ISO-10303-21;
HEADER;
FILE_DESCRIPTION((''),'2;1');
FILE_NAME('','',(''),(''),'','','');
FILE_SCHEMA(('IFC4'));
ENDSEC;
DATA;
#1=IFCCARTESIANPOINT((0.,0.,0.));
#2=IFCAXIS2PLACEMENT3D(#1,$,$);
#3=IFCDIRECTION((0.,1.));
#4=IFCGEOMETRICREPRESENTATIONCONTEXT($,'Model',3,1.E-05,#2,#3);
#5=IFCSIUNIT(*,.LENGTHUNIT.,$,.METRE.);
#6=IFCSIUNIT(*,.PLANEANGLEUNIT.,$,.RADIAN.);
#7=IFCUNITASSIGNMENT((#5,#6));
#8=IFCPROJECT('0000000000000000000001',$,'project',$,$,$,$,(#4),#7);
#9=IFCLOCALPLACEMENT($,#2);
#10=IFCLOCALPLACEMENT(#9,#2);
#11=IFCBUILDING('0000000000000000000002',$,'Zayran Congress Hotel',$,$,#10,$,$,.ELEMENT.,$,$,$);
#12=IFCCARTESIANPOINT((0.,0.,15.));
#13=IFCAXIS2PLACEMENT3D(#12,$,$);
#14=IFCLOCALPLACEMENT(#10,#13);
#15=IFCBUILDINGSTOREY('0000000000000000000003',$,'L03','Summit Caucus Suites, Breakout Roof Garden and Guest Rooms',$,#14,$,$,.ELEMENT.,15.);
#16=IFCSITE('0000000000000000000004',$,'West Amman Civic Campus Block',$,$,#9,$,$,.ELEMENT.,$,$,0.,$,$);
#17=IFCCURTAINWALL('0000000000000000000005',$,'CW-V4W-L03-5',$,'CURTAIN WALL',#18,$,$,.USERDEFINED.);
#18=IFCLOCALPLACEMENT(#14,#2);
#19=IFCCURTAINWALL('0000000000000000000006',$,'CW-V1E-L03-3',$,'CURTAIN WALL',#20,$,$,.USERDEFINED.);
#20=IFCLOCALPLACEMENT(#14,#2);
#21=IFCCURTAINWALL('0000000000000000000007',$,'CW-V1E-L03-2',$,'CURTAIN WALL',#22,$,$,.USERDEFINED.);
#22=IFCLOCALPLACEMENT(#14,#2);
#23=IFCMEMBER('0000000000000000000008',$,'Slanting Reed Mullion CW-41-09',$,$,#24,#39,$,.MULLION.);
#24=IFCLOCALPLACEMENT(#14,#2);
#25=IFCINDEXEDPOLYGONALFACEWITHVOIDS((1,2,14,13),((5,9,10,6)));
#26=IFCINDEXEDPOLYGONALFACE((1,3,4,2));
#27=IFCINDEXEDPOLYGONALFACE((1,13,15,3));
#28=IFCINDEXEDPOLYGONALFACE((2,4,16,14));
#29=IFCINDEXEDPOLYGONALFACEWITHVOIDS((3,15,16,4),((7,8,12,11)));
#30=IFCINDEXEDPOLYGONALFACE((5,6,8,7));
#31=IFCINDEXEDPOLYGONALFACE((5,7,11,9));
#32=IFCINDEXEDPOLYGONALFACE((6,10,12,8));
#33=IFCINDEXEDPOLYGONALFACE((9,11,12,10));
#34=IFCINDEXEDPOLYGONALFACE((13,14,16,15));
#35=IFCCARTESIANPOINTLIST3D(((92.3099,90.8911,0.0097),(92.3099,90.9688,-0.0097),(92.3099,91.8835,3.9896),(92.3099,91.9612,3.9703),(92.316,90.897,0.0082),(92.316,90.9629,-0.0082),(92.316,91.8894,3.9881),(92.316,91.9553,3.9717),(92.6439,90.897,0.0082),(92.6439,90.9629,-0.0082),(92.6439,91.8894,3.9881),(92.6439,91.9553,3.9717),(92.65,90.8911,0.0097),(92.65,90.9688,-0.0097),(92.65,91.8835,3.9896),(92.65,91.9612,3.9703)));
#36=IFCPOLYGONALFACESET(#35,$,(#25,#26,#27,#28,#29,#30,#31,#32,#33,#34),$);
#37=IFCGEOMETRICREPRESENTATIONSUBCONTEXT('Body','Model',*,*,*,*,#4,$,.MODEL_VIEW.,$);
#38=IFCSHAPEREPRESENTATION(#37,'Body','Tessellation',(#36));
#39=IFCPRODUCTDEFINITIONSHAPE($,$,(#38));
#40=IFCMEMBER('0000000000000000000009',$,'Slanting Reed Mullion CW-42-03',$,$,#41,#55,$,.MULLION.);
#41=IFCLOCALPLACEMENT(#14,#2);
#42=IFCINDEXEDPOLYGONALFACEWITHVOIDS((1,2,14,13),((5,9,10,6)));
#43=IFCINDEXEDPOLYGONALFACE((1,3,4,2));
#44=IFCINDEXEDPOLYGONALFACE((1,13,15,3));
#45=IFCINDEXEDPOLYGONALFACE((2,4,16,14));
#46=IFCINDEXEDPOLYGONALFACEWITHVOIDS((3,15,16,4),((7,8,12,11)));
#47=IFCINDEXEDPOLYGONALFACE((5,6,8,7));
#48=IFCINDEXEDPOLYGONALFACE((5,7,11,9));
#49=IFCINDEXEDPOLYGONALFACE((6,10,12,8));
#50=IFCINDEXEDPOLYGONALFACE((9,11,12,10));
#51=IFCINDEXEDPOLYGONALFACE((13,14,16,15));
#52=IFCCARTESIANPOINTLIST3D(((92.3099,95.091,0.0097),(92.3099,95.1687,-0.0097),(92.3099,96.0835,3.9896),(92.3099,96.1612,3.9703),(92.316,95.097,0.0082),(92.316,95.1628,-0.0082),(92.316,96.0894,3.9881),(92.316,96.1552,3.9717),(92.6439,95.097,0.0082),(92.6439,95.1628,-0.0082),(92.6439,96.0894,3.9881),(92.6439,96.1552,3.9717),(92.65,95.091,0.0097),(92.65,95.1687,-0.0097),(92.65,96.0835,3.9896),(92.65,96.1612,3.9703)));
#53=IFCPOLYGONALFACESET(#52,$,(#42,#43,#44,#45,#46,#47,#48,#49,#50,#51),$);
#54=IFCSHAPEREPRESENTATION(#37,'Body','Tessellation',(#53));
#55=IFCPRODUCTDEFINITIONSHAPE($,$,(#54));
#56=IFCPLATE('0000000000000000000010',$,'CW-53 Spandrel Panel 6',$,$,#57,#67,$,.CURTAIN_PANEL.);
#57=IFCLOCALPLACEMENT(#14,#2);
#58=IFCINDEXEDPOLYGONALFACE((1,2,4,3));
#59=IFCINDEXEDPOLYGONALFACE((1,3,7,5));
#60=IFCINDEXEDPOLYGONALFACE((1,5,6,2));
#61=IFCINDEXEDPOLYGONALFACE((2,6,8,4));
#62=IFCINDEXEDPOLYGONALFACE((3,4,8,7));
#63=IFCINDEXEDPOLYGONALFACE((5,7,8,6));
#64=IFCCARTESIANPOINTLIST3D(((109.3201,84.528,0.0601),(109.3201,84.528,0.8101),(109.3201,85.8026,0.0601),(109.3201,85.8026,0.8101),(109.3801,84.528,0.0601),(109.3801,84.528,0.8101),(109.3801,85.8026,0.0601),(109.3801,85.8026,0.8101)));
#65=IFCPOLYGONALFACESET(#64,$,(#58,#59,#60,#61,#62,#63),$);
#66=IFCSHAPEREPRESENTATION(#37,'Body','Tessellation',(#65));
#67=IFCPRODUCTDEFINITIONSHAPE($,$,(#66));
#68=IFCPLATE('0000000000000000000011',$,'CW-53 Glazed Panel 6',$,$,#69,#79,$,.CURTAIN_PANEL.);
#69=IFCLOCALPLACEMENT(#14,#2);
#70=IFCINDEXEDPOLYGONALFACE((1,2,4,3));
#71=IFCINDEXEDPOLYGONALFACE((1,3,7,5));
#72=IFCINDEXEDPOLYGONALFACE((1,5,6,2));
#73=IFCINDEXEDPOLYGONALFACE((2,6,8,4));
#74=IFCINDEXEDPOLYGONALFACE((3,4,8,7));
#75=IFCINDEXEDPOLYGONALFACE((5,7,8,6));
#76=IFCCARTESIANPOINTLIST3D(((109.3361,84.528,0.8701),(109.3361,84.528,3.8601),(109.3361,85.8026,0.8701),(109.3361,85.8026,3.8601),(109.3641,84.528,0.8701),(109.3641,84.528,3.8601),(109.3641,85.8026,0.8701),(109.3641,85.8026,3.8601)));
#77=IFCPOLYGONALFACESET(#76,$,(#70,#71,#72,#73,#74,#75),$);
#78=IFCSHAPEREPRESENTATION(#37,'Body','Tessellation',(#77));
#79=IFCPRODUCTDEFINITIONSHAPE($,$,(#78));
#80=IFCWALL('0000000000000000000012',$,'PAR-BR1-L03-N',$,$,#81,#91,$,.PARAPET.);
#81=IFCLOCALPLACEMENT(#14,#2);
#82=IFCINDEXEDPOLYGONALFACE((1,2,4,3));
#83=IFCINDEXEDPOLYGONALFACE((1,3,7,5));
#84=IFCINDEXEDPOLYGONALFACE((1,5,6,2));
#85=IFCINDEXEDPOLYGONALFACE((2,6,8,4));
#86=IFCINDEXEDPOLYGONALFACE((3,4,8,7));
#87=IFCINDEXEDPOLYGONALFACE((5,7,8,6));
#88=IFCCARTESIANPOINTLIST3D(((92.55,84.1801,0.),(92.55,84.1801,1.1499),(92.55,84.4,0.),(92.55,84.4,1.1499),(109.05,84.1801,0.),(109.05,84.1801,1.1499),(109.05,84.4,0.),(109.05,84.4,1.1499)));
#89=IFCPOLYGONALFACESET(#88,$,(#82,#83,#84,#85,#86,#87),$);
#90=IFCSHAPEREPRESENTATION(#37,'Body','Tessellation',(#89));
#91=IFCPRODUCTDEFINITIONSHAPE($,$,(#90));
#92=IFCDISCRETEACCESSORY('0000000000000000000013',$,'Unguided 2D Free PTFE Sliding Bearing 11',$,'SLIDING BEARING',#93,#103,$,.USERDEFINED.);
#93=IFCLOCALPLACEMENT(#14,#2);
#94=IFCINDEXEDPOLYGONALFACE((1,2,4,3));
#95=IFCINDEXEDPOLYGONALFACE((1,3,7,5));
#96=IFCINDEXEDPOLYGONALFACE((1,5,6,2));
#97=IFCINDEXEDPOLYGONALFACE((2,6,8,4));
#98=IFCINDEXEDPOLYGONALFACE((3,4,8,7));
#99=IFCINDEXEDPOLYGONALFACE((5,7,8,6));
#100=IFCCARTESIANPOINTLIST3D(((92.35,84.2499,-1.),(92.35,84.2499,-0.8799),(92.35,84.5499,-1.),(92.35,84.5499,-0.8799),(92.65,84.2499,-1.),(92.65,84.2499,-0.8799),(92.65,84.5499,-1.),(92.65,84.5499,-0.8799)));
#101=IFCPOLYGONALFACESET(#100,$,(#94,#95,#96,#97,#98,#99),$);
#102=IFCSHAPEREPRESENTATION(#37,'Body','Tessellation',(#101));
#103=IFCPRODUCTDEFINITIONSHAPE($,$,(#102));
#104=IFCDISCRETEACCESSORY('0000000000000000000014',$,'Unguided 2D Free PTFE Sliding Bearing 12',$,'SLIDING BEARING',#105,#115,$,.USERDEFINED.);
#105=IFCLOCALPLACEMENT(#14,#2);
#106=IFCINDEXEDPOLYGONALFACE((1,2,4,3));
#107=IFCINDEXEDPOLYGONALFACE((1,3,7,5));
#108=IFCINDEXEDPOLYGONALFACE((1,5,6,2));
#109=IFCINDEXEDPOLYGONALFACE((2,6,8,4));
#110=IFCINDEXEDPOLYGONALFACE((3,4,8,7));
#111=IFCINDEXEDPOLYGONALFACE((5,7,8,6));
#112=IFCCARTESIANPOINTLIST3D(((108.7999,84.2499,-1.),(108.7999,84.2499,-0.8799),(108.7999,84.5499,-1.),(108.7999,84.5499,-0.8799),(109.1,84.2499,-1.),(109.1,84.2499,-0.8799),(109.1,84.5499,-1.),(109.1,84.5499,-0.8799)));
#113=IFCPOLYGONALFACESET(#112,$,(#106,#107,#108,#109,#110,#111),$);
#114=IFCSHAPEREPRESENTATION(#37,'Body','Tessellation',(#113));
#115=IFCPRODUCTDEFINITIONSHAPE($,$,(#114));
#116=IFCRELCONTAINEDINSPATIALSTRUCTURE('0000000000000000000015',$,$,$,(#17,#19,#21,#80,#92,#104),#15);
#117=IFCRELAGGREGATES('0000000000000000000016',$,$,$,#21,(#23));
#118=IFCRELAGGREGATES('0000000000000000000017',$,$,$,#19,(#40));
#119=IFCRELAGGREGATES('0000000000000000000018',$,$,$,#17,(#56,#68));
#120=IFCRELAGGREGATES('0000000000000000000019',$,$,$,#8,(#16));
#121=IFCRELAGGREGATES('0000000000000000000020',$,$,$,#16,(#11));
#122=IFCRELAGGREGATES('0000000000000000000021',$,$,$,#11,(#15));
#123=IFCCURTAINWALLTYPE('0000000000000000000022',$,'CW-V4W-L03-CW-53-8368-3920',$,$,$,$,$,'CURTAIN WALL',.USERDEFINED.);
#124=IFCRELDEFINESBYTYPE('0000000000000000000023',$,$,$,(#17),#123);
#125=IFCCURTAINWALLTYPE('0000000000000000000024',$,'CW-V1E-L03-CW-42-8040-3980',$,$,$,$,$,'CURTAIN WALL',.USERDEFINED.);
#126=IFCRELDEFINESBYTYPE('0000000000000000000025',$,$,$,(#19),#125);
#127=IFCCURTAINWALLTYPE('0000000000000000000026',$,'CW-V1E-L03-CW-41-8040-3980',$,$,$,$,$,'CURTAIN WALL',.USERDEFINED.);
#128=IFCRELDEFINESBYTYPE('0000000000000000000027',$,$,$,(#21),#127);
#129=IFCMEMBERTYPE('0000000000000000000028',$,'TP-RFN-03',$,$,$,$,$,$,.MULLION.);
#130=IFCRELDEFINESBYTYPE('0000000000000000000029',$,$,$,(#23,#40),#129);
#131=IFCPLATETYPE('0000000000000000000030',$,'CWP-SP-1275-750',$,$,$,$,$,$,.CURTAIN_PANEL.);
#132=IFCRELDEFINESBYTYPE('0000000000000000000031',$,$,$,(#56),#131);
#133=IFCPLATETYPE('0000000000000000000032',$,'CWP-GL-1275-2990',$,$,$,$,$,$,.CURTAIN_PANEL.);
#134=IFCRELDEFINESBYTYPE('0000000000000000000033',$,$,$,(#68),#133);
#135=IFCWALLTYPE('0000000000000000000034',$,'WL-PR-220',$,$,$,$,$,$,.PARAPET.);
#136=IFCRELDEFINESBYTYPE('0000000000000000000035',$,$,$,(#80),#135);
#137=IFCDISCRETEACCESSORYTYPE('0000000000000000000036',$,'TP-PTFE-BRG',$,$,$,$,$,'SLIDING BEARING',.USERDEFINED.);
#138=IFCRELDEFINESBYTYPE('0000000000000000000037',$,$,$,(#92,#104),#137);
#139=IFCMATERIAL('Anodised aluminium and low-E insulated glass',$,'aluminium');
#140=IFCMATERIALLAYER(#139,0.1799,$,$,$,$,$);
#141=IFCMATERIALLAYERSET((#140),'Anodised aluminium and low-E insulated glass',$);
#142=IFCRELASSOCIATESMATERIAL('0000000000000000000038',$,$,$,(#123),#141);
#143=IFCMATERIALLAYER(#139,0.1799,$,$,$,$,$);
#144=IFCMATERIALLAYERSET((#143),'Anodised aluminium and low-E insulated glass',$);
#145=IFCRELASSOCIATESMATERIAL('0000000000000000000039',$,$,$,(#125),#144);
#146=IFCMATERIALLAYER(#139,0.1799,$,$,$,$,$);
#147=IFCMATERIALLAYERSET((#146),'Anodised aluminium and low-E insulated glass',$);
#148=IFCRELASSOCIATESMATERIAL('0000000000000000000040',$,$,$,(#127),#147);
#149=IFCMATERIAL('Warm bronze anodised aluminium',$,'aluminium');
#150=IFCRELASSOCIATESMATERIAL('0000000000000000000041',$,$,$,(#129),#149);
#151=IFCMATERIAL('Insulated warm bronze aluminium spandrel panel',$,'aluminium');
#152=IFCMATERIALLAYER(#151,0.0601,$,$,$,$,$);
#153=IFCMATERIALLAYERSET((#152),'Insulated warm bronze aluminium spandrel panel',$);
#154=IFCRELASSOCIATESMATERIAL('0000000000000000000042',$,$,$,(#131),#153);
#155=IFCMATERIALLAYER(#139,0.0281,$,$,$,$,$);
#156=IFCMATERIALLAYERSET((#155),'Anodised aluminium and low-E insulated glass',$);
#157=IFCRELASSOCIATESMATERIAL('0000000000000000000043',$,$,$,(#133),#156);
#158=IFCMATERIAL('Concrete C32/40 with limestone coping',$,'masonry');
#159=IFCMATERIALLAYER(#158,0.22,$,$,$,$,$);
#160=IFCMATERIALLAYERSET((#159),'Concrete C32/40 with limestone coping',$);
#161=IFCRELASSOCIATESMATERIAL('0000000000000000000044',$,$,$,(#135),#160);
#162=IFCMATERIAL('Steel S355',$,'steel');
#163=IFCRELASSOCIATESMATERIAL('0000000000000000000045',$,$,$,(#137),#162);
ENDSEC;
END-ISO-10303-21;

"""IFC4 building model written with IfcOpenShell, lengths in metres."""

from ifc_helpers import new_model, si_unit, direction, frame, frame_2d, origin, origin_2d, place, context, subcontext, project, spatial, rectangle, hollow_rectangle, extrude, material, layer, layer_set, material_profile, profile_set, type_object, element, aggregate, save


model = new_model("IFC4")

# Units and contexts
model_context = context("Model", 3, precision=1e-05, world=origin(), true_north=direction((0.0, 1.0)))
body_context = subcontext(model_context, "Body", "Model", "MODEL_VIEW")
ifc_project = project(units=[si_unit("LENGTHUNIT", "METRE"), si_unit("PLANEANGLEUNIT", "RADIAN")], contexts=[model_context])

# Site, building, storey
site_placement = place(None, origin())
site = spatial("IfcSite", under=ifc_project, at=site_placement, Name="West Amman Civic Campus Block", CompositionType="ELEMENT", RefElevation=0.0)
building_placement = place(site_placement, origin())
building = spatial("IfcBuilding", under=site, at=building_placement, Name="Zayran Congress Hotel", CompositionType="ELEMENT")
storey_placement = place(building_placement, frame((0.0, 0.0, 15.0)))
storey = spatial("IfcBuildingStorey", under=building, at=storey_placement, Name="L03", Description="Summit Caucus Suites, Breakout Roof Garden and Guest Rooms", CompositionType="ELEMENT", Elevation=15.0)

# Curtain wall
ifc_material_1 = material(Name="Anodised aluminium and low-E insulated glass", Category="aluminium")
ifc_layer_1 = layer(ifc_material_1, 0.1799)
ifc_layer_set_1 = layer_set([ifc_layer_1], Name="Anodised aluminium and low-E insulated glass")
curtain_wall_type_1 = type_object("IfcCurtainWallType", Name="CW-V4W-L03-CW-53-8368-3920", ElementType="CURTAIN WALL", PredefinedType="USERDEFINED", material=ifc_layer_set_1)
curtain_wall_1_placement = place(storey_placement, origin())
curtain_wall_1 = element("IfcCurtainWall", 1, at=curtain_wall_1_placement, inside=storey, type_object=curtain_wall_type_1, Name="CW-V4W-L03-5", ObjectType="CURTAIN WALL", PredefinedType="USERDEFINED")

# Curtain wall
ifc_layer_2 = layer(ifc_material_1, 0.1799)
ifc_layer_set_2 = layer_set([ifc_layer_2], Name="Anodised aluminium and low-E insulated glass")
curtain_wall_type_2 = type_object("IfcCurtainWallType", Name="CW-V1E-L03-CW-42-8040-3980", ElementType="CURTAIN WALL", PredefinedType="USERDEFINED", material=ifc_layer_set_2)
curtain_wall_2_placement = place(storey_placement, origin())
curtain_wall_2 = element("IfcCurtainWall", 2, at=curtain_wall_2_placement, inside=storey, type_object=curtain_wall_type_2, Name="CW-V1E-L03-3", ObjectType="CURTAIN WALL", PredefinedType="USERDEFINED")

# Curtain wall
ifc_layer_3 = layer(ifc_material_1, 0.1799)
ifc_layer_set_3 = layer_set([ifc_layer_3], Name="Anodised aluminium and low-E insulated glass")
curtain_wall_type_3 = type_object("IfcCurtainWallType", Name="CW-V1E-L03-CW-41-8040-3980", ElementType="CURTAIN WALL", PredefinedType="USERDEFINED", material=ifc_layer_set_3)
curtain_wall_3_placement = place(storey_placement, origin())
curtain_wall_3 = element("IfcCurtainWall", 3, at=curtain_wall_3_placement, inside=storey, type_object=curtain_wall_type_3, Name="CW-V1E-L03-2", ObjectType="CURTAIN WALL", PredefinedType="USERDEFINED")
ifc_material_2 = material(Name="Warm bronze anodised aluminium", Category="aluminium")

# Members
ifc_material_profile_1 = material_profile(ifc_material_2, hollow_rectangle(XDim=0.0801, YDim=0.3401, WallThickness=0.0061, at=origin_2d()), Name="RHS 340x80x6")
ifc_profile_set_1 = profile_set([ifc_material_profile_1], Name="Warm bronze anodised aluminium")
member_type_1 = type_object("IfcMemberType", Name="TP-RFN-03", PredefinedType="MULLION", material=ifc_profile_set_1)
member_1_placement = place(storey_placement, frame((92.48, 90.9299, 0.0), z_axis=(0.0, 0.241947, 0.970289), x_axis=(0.0, -0.970289, 0.241947)))
member_1 = element("IfcMember", 4, at=member_1_placement, type_object=member_type_1, Name="Slanting Reed Mullion CW-41-09", PredefinedType="MULLION", context=body_context, shape_type="SweptSolid", body=[
    extrude(hollow_rectangle(XDim=0.0801, YDim=0.3401, WallThickness=0.0061, at=origin_2d()), origin(), (0.0, 0.0, 1.0), 4.1018),
])
aggregate(curtain_wall_3, [member_1])
member_2_placement = place(storey_placement, frame((92.48, 95.1299, 0.0), z_axis=(0.0, 0.241947, 0.970289), x_axis=(0.0, -0.970289, 0.241947)))
member_2 = element("IfcMember", 5, at=member_2_placement, type_object=member_type_1, Name="Slanting Reed Mullion CW-42-03", PredefinedType="MULLION", context=body_context, shape_type="SweptSolid", body=[
    extrude(hollow_rectangle(XDim=0.0801, YDim=0.3401, WallThickness=0.0061, at=origin_2d()), origin(), (0.0, 0.0, 1.0), 4.1018),
])
aggregate(curtain_wall_2, [member_2])

# Plates
ifc_material_3 = material(Name="Insulated warm bronze aluminium spandrel panel", Category="aluminium")
ifc_layer_4 = layer(ifc_material_3, 0.0601)
ifc_layer_set_4 = layer_set([ifc_layer_4], Name="Insulated warm bronze aluminium spandrel panel")
plate_type_1 = type_object("IfcPlateType", Name="CWP-SP-1275-750", PredefinedType="CURTAIN_PANEL", material=ifc_layer_set_4)
plate_1_placement = place(storey_placement, frame((109.3501, 85.1653, 0.0601), z_axis=(0.0, 0.0, 1.0), x_axis=(0.0, 1.0, 0.0)))
plate_1 = element("IfcPlate", 6, at=plate_1_placement, type_object=plate_type_1, Name="CW-53 Spandrel Panel 6", PredefinedType="CURTAIN_PANEL", context=body_context, shape_type="SweptSolid", body=[
    extrude(rectangle(XDim=1.2747, YDim=0.0601, at=origin_2d()), origin(), (0.0, 0.0, 1.0), 0.75),
])
ifc_layer_5 = layer(ifc_material_1, 0.0281)
ifc_layer_set_5 = layer_set([ifc_layer_5], Name="Anodised aluminium and low-E insulated glass")
plate_type_2 = type_object("IfcPlateType", Name="CWP-GL-1275-2990", PredefinedType="CURTAIN_PANEL", material=ifc_layer_set_5)
plate_2_placement = place(storey_placement, frame((109.3501, 85.1653, 0.8701), z_axis=(0.0, 0.0, 1.0), x_axis=(0.0, 1.0, 0.0)))
plate_2 = element("IfcPlate", 7, at=plate_2_placement, type_object=plate_type_2, Name="CW-53 Glazed Panel 6", PredefinedType="CURTAIN_PANEL", context=body_context, shape_type="SweptSolid", body=[
    extrude(rectangle(XDim=1.2747, YDim=0.0281, at=origin_2d()), origin(), (0.0, 0.0, 1.0), 2.99),
])
aggregate(curtain_wall_1, [plate_1, plate_2])

# Wall
ifc_material_4 = material(Name="Concrete C32/40 with limestone coping", Category="masonry")
ifc_layer_6 = layer(ifc_material_4, 0.22)
ifc_layer_set_6 = layer_set([ifc_layer_6], Name="Concrete C32/40 with limestone coping")
wall_type = type_object("IfcWallType", Name="WL-PR-220", PredefinedType="PARAPET", material=ifc_layer_set_6)
wall_placement = place(storey_placement, frame((109.05, 84.29, 0.0), z_axis=(0.0, 0.0, 1.0), x_axis=(-1.0, 0.0, 0.0)))
element("IfcWall", 8, at=wall_placement, inside=storey, type_object=wall_type, Name="PAR-BR1-L03-N", PredefinedType="PARAPET", context=body_context, shape_type="SweptSolid", body=[
    extrude(rectangle(XDim=16.5, YDim=0.22, at=frame_2d((8.25, 0.0))), origin(), (0.0, 0.0, 1.0), 1.1499),
])

# Discrete accessories
ifc_material_5 = material(Name="Steel S355", Category="steel")
discrete_accessory_type = type_object("IfcDiscreteAccessoryType", Name="TP-PTFE-BRG", ElementType="SLIDING BEARING", PredefinedType="USERDEFINED", material=ifc_material_5)
for number, where, z_axis, x_axis, name in (
    (9, (92.5, 84.3999, -1.0), (0.0, 0.0, 1.0), (1.0, 0.0, 0.0), "Unguided 2D Free PTFE Sliding Bearing 11"),
    (10, (108.95, 84.3999, -1.0), (0.0, 0.0, 1.0), (1.0, 0.0, 0.0), "Unguided 2D Free PTFE Sliding Bearing 12"),
):
    element("IfcDiscreteAccessory", number, at=place(storey_placement, frame(where, z_axis=z_axis, x_axis=x_axis)), inside=storey, type_object=discrete_accessory_type, Name=name, ObjectType="SLIDING BEARING", PredefinedType="USERDEFINED", context=body_context, shape_type="SweptSolid", body=[
        extrude(rectangle(XDim=0.3, YDim=0.3, at=origin_2d()), origin(), (0.0, 0.0, 1.0), 0.1201),
    ])

save(model, "model.ifc")
